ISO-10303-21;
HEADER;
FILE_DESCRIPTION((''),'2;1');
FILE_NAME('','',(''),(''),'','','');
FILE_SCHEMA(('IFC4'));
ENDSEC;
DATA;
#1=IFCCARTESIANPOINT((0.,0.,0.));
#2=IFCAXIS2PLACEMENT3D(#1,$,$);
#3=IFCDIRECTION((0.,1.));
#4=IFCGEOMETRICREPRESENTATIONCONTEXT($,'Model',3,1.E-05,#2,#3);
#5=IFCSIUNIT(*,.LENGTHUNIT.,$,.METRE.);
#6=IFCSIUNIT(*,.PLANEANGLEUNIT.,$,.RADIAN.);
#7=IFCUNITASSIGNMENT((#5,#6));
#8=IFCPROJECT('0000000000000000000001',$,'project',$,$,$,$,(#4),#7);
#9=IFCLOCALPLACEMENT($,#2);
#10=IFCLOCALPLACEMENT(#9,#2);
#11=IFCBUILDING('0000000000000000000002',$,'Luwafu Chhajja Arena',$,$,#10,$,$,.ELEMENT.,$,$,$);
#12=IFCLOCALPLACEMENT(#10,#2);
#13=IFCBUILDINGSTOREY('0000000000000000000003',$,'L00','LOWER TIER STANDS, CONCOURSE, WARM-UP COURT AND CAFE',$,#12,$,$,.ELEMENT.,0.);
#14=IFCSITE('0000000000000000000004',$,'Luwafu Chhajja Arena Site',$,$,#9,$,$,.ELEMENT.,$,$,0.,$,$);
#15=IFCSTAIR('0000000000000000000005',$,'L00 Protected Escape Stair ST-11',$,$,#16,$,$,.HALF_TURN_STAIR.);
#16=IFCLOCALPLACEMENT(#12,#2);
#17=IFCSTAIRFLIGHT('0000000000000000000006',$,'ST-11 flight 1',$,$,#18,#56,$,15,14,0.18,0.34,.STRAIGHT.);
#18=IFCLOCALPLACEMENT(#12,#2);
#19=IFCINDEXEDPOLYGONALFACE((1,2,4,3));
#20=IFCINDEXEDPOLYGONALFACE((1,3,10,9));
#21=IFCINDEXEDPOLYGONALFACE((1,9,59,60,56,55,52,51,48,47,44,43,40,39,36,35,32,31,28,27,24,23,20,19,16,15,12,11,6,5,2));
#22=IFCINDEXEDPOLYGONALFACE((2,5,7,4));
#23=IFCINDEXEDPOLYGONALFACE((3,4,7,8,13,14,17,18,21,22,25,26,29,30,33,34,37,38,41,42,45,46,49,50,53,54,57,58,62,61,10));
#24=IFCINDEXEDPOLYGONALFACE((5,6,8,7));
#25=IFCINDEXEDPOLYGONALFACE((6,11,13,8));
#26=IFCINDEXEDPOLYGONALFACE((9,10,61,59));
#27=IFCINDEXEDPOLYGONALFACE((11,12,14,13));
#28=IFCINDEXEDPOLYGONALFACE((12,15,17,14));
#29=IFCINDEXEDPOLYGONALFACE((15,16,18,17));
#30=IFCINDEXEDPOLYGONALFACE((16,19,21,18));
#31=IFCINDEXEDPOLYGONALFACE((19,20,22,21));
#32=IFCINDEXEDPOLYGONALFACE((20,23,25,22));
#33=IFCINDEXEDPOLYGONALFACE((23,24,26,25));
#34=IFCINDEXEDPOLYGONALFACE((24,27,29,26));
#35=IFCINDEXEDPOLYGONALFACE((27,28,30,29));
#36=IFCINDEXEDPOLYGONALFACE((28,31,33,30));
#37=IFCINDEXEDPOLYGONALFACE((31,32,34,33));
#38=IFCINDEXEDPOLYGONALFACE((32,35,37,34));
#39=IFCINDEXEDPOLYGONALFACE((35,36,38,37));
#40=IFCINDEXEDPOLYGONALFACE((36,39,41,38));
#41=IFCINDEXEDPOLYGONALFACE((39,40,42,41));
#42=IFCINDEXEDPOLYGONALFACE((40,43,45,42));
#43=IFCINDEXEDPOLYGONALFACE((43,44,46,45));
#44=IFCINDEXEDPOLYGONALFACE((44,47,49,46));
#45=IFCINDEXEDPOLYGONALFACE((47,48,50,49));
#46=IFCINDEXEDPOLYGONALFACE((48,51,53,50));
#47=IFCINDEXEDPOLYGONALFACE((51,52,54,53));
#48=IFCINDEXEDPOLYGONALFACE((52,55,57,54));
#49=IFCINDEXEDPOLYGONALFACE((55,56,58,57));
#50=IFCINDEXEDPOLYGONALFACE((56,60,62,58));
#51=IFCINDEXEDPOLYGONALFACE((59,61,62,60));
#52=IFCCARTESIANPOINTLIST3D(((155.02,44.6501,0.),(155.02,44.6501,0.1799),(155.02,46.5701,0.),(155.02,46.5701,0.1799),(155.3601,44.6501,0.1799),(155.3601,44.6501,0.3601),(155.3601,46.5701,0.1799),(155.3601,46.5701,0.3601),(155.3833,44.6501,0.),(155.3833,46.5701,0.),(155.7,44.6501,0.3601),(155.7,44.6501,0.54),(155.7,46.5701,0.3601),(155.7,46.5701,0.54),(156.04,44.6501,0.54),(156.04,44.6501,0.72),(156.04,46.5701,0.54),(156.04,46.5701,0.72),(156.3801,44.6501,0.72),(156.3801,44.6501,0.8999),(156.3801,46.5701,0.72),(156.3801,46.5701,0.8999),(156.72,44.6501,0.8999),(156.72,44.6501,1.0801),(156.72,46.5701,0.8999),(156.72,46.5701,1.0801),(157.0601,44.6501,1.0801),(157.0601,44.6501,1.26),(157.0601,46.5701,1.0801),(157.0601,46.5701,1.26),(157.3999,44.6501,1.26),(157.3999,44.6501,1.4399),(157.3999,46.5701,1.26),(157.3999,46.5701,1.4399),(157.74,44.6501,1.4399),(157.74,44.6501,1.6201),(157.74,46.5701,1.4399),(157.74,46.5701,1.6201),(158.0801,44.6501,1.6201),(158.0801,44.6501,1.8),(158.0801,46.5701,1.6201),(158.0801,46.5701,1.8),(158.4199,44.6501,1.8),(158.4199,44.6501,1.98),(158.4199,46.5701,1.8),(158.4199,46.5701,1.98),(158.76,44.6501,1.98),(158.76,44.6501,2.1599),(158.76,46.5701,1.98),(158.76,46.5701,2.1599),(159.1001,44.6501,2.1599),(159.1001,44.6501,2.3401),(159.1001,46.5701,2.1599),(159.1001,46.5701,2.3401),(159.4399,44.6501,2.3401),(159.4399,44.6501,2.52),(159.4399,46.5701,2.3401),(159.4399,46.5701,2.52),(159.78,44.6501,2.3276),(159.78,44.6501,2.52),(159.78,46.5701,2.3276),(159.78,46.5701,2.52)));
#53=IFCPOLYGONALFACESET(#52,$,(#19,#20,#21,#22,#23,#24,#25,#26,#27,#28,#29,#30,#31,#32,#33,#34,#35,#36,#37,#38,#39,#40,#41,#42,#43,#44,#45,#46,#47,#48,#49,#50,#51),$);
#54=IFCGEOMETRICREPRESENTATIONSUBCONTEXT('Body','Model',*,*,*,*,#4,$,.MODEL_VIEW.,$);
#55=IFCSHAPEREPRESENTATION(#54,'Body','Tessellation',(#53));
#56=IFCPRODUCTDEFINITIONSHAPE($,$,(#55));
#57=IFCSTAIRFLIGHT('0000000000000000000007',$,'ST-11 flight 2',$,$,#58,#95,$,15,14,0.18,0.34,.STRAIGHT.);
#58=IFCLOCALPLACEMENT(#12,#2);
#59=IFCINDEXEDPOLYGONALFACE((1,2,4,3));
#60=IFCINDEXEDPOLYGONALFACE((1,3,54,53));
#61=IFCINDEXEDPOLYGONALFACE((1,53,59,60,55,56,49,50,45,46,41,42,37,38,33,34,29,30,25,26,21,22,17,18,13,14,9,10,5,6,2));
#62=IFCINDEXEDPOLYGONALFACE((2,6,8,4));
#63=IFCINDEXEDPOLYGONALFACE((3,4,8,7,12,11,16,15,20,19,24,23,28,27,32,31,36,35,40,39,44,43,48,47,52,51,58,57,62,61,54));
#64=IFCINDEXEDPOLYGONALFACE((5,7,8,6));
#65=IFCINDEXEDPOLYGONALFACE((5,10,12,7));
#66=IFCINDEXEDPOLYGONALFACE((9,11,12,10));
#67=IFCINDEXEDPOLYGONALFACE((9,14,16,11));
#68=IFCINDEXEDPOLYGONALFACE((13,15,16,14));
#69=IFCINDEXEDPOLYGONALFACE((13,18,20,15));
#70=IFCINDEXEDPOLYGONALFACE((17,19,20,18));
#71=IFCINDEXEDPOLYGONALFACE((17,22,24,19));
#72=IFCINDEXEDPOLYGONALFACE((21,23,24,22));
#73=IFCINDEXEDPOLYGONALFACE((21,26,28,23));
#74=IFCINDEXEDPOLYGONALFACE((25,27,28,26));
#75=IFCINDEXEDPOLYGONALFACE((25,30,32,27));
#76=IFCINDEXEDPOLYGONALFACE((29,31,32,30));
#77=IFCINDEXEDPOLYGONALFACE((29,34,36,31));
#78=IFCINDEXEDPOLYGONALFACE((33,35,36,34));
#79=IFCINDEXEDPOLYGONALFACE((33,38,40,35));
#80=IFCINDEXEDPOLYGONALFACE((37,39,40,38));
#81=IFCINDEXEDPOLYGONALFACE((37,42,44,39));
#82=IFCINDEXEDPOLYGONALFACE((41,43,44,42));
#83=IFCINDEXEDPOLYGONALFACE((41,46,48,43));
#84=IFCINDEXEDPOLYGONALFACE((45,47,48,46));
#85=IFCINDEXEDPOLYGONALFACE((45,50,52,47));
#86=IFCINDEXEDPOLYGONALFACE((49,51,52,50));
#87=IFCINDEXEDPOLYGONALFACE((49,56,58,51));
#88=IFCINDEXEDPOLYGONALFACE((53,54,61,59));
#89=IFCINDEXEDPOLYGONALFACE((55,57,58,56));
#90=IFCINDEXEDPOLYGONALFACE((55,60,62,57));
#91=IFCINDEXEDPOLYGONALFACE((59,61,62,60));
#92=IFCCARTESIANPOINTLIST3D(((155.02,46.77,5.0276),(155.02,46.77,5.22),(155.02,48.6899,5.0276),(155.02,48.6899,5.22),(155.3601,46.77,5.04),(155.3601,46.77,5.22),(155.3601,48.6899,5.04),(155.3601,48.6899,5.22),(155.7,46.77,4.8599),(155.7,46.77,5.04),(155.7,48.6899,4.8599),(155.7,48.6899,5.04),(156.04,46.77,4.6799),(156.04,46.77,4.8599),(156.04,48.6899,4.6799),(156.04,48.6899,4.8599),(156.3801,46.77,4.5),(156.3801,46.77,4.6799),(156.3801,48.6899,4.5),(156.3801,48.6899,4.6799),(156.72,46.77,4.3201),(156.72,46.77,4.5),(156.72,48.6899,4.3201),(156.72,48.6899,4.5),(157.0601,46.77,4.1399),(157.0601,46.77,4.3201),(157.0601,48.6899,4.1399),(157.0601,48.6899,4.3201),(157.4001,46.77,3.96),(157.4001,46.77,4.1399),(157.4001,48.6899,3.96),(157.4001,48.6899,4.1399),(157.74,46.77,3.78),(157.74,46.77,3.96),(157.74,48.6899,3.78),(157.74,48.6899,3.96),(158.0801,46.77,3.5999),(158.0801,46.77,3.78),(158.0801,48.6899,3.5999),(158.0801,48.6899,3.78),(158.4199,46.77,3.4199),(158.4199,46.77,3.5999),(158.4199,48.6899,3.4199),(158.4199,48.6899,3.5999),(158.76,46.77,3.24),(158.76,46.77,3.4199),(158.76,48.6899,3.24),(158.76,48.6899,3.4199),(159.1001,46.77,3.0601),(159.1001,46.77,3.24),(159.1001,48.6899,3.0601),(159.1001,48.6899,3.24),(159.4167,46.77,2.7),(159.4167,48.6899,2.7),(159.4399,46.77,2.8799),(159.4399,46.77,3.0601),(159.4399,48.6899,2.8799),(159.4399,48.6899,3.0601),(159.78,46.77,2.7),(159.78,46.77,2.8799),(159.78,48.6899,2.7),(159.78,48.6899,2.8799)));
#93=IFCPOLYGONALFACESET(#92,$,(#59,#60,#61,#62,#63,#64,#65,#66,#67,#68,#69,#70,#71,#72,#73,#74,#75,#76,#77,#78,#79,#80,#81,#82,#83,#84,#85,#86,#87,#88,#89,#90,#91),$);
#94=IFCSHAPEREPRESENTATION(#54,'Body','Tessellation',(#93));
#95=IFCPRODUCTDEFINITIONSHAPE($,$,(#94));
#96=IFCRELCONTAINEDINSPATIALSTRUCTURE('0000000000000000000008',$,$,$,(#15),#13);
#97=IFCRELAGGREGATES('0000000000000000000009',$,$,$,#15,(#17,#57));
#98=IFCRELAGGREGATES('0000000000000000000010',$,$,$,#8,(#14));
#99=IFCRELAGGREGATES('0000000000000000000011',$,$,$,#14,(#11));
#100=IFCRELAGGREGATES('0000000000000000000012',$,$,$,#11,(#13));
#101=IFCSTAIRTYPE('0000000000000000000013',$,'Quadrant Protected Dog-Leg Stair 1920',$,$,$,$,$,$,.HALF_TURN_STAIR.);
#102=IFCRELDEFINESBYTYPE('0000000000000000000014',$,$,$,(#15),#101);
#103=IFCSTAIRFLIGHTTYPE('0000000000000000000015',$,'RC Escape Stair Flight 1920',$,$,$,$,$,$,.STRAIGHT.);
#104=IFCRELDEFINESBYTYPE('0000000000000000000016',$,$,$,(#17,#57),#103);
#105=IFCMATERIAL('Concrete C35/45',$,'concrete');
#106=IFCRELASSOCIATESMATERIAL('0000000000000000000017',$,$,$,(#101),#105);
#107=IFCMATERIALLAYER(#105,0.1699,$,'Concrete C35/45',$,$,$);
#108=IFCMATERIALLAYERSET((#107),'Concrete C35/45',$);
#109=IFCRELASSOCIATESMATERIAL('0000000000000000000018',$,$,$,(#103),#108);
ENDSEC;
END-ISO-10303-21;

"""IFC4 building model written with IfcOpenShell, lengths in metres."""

from ifc_helpers import new_model, si_unit, direction, frame, origin, place, context, subcontext, project, spatial, polyline, outline, extrude, material, layer, layer_set, type_object, element, aggregate, save


model = new_model("IFC4")

# Units and contexts
model_context = context("Model", 3, precision=1e-05, world=origin(), true_north=direction((0.0, 1.0)))
body_context = subcontext(model_context, "Body", "Model", "MODEL_VIEW")
ifc_project = project(units=[si_unit("LENGTHUNIT", "METRE"), si_unit("PLANEANGLEUNIT", "RADIAN")], contexts=[model_context])

# Site, building, storey
site_placement = place(None, origin())
site = spatial("IfcSite", under=ifc_project, at=site_placement, Name="Luwafu Chhajja Arena Site", CompositionType="ELEMENT", RefElevation=0.0)
building_placement = place(site_placement, origin())
building = spatial("IfcBuilding", under=site, at=building_placement, Name="Luwafu Chhajja Arena", CompositionType="ELEMENT")
storey_placement = place(building_placement, origin())
storey = spatial("IfcBuildingStorey", under=building, at=storey_placement, Name="L00", Description="LOWER TIER STANDS, CONCOURSE, WARM-UP COURT AND CAFE", CompositionType="ELEMENT", Elevation=0.0)

# Shared definitions
ifc_material_1 = material(Name="Concrete C35/45", Category="concrete")

# Stair, stair flights
stair_type = type_object("IfcStairType", Name="Quadrant Protected Dog-Leg Stair 1920", PredefinedType="HALF_TURN_STAIR", material=ifc_material_1)
stair_placement = place(storey_placement, origin())
stair = element("IfcStair", 1, at=stair_placement, inside=storey, type_object=stair_type, Name="L00 Protected Escape Stair ST-11", PredefinedType="HALF_TURN_STAIR")
ifc_layer_1 = layer(ifc_material_1, 0.1699, Name="Concrete C35/45")
ifc_layer_set_1 = layer_set([ifc_layer_1], Name="Concrete C35/45")
stair_flight_type = type_object("IfcStairFlightType", Name="RC Escape Stair Flight 1920", PredefinedType="STRAIGHT", material=ifc_layer_set_1)
stair_flight_1_placement = place(storey_placement, frame((155.02, 45.6101, 0.0), z_axis=(0.0, 0.0, 1.0), x_axis=(1.0, 0.0, 0.0)))
stair_flight_1 = element("IfcStairFlight", 2, at=stair_flight_1_placement, type_object=stair_flight_type, Name="ST-11 flight 1", NumberOfRisers=15, NumberOfTreads=14, PredefinedType="STRAIGHT", RiserHeight=0.18, TreadLength=0.34, context=body_context, shape_type="SweptSolid", body=[
    extrude(outline(polyline([(0.0, 0.0), (0.0, 0.1799), (0.3401, 0.1799), (0.3401, 0.3601), (0.6799, 0.3601), (0.6799, 0.54), (1.02, 0.54), (1.02, 0.72), (1.3601, 0.72), (1.3601, 0.8999), (1.7, 0.8999), (1.7, 1.0801), (2.04, 1.0801), (2.04, 1.26), (2.3799, 1.26), (2.3799, 1.4399), (2.72, 1.4399), (2.72, 1.6201), (3.0601, 1.6201), (3.0601, 1.8), (3.3999, 1.8), (3.3999, 1.98), (3.74, 1.98), (3.74, 2.1599), (4.0801, 2.1599), (4.0801, 2.3401), (4.4199, 2.3401), (4.4199, 2.52), (4.76, 2.52), (4.76, 2.7), (4.76, 2.3276), (0.3633, 0.0), (0.0, 0.0)])), frame((0.0, 0.96, 0.0), z_axis=(0.0, -1.0, 0.0), x_axis=(1.0, 0.0, 0.0)), (0.0, 0.0, 1.0), 1.9199),
])
stair_flight_2_placement = place(storey_placement, frame((159.78, 47.73, 2.7), z_axis=(0.0, 0.0, 1.0), x_axis=(-1.0, 0.0, 0.0)))
stair_flight_2 = element("IfcStairFlight", 3, at=stair_flight_2_placement, type_object=stair_flight_type, Name="ST-11 flight 2", NumberOfRisers=15, NumberOfTreads=14, PredefinedType="STRAIGHT", RiserHeight=0.18, TreadLength=0.34, context=body_context, shape_type="SweptSolid", body=[
    extrude(outline(polyline([(0.0, 0.0), (0.0, 0.1799), (0.3401, 0.1799), (0.3401, 0.3601), (0.6799, 0.3601), (0.6799, 0.54), (1.02, 0.54), (1.02, 0.72), (1.3601, 0.72), (1.3601, 0.8999), (1.7, 0.8999), (1.7, 1.0801), (2.04, 1.0801), (2.04, 1.26), (2.3799, 1.26), (2.3799, 1.4399), (2.72, 1.4399), (2.72, 1.6201), (3.0601, 1.6201), (3.0601, 1.8), (3.3999, 1.8), (3.3999, 1.98), (3.74, 1.98), (3.74, 2.1599), (4.0801, 2.1599), (4.0801, 2.3401), (4.4199, 2.3401), (4.4199, 2.52), (4.76, 2.52), (4.76, 2.7), (4.76, 2.3276), (0.3633, 0.0), (0.0, 0.0)])), frame((0.0, 0.96, 0.0), z_axis=(0.0, -1.0, 0.0), x_axis=(1.0, 0.0, 0.0)), (0.0, 0.0, 1.0), 1.9199),
])
aggregate(stair, [stair_flight_1, stair_flight_2])

save(model, "model.ifc")
